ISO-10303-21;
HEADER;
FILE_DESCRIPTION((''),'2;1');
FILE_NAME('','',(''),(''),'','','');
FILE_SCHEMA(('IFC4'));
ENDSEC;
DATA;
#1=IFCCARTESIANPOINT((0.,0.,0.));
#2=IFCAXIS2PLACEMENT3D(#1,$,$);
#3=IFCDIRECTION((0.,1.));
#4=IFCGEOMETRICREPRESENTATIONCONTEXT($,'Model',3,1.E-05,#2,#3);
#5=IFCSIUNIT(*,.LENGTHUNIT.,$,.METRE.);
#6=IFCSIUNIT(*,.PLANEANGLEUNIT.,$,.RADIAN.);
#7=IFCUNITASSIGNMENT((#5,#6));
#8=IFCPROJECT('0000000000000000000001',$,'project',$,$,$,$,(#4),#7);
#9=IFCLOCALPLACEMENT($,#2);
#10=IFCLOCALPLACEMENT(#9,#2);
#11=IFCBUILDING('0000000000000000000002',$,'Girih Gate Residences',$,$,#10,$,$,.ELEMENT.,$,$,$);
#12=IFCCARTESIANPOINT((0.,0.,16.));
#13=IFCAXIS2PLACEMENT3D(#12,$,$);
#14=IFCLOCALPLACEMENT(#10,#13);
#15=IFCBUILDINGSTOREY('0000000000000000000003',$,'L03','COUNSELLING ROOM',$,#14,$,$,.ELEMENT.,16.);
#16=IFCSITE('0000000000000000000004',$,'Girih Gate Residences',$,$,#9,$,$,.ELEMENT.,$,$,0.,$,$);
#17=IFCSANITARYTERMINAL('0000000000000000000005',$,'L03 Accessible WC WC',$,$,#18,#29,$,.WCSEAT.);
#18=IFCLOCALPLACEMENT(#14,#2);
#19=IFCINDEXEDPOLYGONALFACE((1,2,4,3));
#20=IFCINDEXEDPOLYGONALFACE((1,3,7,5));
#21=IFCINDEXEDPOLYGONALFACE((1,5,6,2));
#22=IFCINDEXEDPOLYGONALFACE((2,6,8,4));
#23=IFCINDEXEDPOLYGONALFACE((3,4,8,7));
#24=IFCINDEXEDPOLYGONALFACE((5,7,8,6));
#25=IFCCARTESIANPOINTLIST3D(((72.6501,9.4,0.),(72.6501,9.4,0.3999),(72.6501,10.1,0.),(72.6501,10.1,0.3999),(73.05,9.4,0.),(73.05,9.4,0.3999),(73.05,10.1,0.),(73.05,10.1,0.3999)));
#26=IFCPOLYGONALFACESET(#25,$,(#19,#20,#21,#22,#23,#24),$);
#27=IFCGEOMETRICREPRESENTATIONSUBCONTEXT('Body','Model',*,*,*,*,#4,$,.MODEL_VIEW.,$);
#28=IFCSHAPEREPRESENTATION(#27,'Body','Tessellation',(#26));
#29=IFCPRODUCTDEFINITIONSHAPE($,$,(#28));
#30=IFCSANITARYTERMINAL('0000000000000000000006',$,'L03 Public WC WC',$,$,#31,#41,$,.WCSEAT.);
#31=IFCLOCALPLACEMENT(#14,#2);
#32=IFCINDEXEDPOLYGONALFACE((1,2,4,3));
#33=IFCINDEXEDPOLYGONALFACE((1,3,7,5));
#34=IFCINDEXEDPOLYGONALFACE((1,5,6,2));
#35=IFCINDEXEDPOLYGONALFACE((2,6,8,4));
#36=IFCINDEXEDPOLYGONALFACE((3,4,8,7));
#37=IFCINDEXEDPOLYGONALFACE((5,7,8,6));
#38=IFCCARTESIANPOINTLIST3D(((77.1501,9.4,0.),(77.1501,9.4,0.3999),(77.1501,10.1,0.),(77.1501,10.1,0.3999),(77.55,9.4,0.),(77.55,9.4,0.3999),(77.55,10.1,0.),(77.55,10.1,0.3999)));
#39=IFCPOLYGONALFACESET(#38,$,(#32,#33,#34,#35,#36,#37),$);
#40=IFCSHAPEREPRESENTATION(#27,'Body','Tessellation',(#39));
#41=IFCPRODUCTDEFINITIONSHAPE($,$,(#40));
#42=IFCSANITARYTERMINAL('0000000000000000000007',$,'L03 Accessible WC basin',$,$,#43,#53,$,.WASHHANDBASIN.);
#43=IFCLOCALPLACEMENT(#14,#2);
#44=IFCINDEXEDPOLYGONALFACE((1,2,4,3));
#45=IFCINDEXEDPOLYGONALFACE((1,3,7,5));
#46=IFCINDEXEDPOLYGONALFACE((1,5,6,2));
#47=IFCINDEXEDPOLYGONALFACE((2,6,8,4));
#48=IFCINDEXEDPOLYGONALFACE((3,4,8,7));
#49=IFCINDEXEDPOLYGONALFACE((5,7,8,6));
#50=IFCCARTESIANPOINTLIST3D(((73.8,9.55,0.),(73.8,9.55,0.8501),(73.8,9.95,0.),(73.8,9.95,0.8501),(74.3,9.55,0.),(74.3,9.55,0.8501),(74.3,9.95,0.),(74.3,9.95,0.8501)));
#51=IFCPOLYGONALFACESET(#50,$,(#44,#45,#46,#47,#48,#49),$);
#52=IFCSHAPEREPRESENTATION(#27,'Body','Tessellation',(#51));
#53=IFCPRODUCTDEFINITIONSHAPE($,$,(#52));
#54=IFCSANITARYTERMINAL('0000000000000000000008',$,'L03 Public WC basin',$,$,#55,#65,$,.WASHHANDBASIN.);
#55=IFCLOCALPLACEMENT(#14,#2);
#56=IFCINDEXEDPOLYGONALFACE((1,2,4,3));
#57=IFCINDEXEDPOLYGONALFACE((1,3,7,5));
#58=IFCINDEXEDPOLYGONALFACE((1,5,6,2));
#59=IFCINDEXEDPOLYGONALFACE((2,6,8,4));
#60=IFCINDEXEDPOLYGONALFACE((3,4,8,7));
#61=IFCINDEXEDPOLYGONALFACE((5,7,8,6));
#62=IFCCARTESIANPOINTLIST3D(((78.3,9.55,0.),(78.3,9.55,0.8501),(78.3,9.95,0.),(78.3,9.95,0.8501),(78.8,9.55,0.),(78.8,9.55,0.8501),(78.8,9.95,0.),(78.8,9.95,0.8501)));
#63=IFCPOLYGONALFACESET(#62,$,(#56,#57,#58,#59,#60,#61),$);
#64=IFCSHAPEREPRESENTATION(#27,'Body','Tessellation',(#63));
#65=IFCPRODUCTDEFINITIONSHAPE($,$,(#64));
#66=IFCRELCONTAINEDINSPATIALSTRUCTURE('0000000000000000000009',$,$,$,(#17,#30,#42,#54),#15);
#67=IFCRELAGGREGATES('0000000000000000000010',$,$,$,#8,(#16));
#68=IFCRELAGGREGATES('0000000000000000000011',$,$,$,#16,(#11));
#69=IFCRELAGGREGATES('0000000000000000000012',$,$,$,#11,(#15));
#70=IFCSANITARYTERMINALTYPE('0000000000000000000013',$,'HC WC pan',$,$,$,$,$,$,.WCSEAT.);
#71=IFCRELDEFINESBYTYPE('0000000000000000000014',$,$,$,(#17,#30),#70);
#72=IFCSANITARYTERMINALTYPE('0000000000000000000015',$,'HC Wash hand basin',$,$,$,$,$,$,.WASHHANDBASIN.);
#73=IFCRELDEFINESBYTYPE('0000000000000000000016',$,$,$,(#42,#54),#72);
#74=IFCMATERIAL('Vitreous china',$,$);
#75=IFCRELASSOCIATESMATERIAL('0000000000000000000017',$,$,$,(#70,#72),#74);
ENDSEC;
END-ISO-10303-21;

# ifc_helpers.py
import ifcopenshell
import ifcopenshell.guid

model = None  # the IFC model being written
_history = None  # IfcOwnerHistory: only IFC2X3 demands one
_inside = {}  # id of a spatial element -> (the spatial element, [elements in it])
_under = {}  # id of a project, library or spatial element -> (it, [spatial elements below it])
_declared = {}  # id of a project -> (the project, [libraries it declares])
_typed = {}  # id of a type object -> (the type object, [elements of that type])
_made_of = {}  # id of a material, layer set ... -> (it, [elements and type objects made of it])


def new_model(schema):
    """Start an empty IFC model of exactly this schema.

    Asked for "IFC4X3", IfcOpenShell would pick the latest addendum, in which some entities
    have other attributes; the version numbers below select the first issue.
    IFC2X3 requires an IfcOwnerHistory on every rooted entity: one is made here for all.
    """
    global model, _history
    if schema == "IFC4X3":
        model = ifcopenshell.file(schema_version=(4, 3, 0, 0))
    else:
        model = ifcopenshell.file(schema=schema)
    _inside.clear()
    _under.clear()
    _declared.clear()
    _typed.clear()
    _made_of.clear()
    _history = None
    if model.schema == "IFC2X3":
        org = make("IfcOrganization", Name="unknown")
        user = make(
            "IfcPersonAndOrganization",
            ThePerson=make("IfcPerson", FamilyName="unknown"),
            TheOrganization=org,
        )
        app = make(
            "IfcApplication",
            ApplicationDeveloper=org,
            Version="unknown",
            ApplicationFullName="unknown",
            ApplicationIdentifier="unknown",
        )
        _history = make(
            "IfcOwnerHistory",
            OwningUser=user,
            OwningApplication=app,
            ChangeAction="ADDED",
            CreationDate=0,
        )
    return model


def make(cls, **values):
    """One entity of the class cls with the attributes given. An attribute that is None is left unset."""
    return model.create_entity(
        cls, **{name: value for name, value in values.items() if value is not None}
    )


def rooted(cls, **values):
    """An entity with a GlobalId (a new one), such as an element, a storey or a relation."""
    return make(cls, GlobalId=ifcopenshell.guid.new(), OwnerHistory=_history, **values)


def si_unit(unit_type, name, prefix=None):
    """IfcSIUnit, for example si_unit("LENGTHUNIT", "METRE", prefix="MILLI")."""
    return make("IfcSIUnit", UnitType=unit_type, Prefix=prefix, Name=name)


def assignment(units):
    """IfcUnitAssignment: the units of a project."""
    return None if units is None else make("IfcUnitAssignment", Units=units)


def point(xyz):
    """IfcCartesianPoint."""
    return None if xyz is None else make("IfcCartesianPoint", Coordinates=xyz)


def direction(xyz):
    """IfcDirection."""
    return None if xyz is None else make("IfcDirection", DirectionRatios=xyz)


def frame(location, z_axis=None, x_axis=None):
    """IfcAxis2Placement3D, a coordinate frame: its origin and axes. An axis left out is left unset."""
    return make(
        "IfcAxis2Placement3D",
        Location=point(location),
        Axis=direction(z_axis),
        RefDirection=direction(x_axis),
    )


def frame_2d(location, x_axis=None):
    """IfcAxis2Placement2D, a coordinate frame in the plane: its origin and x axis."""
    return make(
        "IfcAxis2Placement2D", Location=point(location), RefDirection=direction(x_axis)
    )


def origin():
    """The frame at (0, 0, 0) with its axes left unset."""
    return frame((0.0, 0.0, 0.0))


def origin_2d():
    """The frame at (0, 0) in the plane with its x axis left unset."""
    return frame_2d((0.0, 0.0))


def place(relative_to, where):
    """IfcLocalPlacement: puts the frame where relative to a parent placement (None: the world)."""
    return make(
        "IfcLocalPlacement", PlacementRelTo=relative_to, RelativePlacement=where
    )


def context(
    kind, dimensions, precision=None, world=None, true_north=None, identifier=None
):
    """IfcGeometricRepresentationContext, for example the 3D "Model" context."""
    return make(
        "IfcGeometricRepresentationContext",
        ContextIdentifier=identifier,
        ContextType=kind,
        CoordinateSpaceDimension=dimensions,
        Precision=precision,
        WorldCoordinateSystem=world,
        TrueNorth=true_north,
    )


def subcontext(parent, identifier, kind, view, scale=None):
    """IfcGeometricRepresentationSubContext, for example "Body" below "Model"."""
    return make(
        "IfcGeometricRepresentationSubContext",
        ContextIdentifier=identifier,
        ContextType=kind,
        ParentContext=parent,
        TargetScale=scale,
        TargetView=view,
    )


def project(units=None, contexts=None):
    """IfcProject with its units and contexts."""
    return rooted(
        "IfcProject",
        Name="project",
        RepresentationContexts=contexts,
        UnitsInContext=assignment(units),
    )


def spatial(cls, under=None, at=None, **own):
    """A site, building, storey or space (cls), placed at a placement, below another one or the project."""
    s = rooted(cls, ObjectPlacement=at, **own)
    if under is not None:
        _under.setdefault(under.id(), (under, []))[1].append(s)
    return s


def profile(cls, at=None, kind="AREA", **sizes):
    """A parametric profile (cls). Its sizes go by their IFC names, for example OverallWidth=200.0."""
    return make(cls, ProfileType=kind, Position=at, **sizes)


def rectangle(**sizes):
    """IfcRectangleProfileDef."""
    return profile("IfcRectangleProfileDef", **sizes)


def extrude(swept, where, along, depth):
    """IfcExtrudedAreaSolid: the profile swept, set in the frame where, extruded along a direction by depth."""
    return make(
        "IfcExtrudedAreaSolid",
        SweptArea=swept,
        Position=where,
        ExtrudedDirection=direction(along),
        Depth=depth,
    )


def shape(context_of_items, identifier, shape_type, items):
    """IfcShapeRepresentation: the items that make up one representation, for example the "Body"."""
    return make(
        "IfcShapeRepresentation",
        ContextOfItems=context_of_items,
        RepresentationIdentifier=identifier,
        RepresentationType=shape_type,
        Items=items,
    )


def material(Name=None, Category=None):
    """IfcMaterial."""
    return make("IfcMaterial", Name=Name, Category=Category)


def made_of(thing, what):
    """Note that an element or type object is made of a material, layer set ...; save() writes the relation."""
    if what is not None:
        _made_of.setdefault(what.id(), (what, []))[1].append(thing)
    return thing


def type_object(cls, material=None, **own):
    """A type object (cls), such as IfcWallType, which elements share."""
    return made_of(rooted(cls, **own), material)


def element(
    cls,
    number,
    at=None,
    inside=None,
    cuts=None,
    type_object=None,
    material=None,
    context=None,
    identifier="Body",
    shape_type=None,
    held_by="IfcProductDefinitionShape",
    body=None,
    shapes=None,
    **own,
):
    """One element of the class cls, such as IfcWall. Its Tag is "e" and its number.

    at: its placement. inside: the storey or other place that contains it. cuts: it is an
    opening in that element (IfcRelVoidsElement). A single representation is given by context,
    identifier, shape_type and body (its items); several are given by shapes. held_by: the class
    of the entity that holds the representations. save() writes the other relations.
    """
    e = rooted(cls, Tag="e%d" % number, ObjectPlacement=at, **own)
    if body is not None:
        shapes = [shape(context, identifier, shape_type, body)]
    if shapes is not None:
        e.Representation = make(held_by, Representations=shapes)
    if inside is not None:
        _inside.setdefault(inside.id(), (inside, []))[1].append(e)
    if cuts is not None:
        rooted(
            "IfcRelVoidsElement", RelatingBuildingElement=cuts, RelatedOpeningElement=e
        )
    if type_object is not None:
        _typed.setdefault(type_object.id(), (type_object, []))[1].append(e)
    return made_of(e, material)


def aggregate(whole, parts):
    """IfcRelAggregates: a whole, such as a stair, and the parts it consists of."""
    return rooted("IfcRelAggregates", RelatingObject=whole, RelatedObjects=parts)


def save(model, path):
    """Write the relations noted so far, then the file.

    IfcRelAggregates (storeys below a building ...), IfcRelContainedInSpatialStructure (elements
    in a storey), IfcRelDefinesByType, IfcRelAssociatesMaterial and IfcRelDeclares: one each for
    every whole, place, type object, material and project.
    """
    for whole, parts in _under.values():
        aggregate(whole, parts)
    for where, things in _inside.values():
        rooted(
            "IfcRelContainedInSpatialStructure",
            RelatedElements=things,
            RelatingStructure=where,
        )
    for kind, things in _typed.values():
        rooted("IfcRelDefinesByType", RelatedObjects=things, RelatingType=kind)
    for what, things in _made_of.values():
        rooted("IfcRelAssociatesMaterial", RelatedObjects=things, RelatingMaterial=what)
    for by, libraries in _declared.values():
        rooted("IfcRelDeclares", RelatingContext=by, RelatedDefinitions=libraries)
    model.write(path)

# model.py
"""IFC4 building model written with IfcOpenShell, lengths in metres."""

from ifc_helpers import new_model, si_unit, direction, frame, origin, origin_2d, place, context, subcontext, project, spatial, rectangle, extrude, material, type_object, element, save


model = new_model("IFC4")

# Units and contexts
model_context = context("Model", 3, precision=1e-05, world=origin(), true_north=direction((0.0, 1.0)))
body_context = subcontext(model_context, "Body", "Model", "MODEL_VIEW")
ifc_project = project(units=[si_unit("LENGTHUNIT", "METRE"), si_unit("PLANEANGLEUNIT", "RADIAN")], contexts=[model_context])

# Site, building, storey
site_placement = place(None, origin())
site = spatial("IfcSite", under=ifc_project, at=site_placement, Name="Girih Gate Residences", CompositionType="ELEMENT", RefElevation=0.0)
building_placement = place(site_placement, origin())
building = spatial("IfcBuilding", under=site, at=building_placement, Name="Girih Gate Residences", CompositionType="ELEMENT")
storey_placement = place(building_placement, frame((0.0, 0.0, 16.0)))
storey = spatial("IfcBuildingStorey", under=building, at=storey_placement, Name="L03", Description="COUNSELLING ROOM", CompositionType="ELEMENT", Elevation=16.0)

# Sanitary terminals
ifc_material_1 = material(Name="Vitreous china")
sanitary_terminal_type_1 = type_object("IfcSanitaryTerminalType", Name="HC WC pan", PredefinedType="WCSEAT", material=ifc_material_1)
for number, where, z_axis, x_axis, name in (
    (1, (72.8501, 9.75, 0.0), (0.0, 0.0, 1.0), (1.0, 0.0, 0.0), "L03 Accessible WC WC"),
    (2, (77.3501, 9.75, 0.0), (0.0, 0.0, 1.0), (1.0, 0.0, 0.0), "L03 Public WC WC"),
):
    element("IfcSanitaryTerminal", number, at=place(storey_placement, frame(where, z_axis=z_axis, x_axis=x_axis)), inside=storey, type_object=sanitary_terminal_type_1, Name=name, PredefinedType="WCSEAT", context=body_context, shape_type="SweptSolid", body=[
        extrude(rectangle(XDim=0.3999, YDim=0.7, at=origin_2d()), origin(), (0.0, 0.0, 1.0), 0.3999),
    ])
sanitary_terminal_type_2 = type_object("IfcSanitaryTerminalType", Name="HC Wash hand basin", PredefinedType="WASHHANDBASIN", material=ifc_material_1)
for number, where, z_axis, x_axis, name in (
    (3, (74.05, 9.75, 0.0), (0.0, 0.0, 1.0), (1.0, 0.0, 0.0), "L03 Accessible WC basin"),
    (4, (78.55, 9.75, 0.0), (0.0, 0.0, 1.0), (1.0, 0.0, 0.0), "L03 Public WC basin"),
):
    element("IfcSanitaryTerminal", number, at=place(storey_placement, frame(where, z_axis=z_axis, x_axis=x_axis)), inside=storey, type_object=sanitary_terminal_type_2, Name=name, PredefinedType="WASHHANDBASIN", context=body_context, shape_type="SweptSolid", body=[
        extrude(rectangle(XDim=0.5, YDim=0.3999, at=origin_2d()), origin(), (0.0, 0.0, 1.0), 0.8501),
    ])

save(model, "model.ifc")
